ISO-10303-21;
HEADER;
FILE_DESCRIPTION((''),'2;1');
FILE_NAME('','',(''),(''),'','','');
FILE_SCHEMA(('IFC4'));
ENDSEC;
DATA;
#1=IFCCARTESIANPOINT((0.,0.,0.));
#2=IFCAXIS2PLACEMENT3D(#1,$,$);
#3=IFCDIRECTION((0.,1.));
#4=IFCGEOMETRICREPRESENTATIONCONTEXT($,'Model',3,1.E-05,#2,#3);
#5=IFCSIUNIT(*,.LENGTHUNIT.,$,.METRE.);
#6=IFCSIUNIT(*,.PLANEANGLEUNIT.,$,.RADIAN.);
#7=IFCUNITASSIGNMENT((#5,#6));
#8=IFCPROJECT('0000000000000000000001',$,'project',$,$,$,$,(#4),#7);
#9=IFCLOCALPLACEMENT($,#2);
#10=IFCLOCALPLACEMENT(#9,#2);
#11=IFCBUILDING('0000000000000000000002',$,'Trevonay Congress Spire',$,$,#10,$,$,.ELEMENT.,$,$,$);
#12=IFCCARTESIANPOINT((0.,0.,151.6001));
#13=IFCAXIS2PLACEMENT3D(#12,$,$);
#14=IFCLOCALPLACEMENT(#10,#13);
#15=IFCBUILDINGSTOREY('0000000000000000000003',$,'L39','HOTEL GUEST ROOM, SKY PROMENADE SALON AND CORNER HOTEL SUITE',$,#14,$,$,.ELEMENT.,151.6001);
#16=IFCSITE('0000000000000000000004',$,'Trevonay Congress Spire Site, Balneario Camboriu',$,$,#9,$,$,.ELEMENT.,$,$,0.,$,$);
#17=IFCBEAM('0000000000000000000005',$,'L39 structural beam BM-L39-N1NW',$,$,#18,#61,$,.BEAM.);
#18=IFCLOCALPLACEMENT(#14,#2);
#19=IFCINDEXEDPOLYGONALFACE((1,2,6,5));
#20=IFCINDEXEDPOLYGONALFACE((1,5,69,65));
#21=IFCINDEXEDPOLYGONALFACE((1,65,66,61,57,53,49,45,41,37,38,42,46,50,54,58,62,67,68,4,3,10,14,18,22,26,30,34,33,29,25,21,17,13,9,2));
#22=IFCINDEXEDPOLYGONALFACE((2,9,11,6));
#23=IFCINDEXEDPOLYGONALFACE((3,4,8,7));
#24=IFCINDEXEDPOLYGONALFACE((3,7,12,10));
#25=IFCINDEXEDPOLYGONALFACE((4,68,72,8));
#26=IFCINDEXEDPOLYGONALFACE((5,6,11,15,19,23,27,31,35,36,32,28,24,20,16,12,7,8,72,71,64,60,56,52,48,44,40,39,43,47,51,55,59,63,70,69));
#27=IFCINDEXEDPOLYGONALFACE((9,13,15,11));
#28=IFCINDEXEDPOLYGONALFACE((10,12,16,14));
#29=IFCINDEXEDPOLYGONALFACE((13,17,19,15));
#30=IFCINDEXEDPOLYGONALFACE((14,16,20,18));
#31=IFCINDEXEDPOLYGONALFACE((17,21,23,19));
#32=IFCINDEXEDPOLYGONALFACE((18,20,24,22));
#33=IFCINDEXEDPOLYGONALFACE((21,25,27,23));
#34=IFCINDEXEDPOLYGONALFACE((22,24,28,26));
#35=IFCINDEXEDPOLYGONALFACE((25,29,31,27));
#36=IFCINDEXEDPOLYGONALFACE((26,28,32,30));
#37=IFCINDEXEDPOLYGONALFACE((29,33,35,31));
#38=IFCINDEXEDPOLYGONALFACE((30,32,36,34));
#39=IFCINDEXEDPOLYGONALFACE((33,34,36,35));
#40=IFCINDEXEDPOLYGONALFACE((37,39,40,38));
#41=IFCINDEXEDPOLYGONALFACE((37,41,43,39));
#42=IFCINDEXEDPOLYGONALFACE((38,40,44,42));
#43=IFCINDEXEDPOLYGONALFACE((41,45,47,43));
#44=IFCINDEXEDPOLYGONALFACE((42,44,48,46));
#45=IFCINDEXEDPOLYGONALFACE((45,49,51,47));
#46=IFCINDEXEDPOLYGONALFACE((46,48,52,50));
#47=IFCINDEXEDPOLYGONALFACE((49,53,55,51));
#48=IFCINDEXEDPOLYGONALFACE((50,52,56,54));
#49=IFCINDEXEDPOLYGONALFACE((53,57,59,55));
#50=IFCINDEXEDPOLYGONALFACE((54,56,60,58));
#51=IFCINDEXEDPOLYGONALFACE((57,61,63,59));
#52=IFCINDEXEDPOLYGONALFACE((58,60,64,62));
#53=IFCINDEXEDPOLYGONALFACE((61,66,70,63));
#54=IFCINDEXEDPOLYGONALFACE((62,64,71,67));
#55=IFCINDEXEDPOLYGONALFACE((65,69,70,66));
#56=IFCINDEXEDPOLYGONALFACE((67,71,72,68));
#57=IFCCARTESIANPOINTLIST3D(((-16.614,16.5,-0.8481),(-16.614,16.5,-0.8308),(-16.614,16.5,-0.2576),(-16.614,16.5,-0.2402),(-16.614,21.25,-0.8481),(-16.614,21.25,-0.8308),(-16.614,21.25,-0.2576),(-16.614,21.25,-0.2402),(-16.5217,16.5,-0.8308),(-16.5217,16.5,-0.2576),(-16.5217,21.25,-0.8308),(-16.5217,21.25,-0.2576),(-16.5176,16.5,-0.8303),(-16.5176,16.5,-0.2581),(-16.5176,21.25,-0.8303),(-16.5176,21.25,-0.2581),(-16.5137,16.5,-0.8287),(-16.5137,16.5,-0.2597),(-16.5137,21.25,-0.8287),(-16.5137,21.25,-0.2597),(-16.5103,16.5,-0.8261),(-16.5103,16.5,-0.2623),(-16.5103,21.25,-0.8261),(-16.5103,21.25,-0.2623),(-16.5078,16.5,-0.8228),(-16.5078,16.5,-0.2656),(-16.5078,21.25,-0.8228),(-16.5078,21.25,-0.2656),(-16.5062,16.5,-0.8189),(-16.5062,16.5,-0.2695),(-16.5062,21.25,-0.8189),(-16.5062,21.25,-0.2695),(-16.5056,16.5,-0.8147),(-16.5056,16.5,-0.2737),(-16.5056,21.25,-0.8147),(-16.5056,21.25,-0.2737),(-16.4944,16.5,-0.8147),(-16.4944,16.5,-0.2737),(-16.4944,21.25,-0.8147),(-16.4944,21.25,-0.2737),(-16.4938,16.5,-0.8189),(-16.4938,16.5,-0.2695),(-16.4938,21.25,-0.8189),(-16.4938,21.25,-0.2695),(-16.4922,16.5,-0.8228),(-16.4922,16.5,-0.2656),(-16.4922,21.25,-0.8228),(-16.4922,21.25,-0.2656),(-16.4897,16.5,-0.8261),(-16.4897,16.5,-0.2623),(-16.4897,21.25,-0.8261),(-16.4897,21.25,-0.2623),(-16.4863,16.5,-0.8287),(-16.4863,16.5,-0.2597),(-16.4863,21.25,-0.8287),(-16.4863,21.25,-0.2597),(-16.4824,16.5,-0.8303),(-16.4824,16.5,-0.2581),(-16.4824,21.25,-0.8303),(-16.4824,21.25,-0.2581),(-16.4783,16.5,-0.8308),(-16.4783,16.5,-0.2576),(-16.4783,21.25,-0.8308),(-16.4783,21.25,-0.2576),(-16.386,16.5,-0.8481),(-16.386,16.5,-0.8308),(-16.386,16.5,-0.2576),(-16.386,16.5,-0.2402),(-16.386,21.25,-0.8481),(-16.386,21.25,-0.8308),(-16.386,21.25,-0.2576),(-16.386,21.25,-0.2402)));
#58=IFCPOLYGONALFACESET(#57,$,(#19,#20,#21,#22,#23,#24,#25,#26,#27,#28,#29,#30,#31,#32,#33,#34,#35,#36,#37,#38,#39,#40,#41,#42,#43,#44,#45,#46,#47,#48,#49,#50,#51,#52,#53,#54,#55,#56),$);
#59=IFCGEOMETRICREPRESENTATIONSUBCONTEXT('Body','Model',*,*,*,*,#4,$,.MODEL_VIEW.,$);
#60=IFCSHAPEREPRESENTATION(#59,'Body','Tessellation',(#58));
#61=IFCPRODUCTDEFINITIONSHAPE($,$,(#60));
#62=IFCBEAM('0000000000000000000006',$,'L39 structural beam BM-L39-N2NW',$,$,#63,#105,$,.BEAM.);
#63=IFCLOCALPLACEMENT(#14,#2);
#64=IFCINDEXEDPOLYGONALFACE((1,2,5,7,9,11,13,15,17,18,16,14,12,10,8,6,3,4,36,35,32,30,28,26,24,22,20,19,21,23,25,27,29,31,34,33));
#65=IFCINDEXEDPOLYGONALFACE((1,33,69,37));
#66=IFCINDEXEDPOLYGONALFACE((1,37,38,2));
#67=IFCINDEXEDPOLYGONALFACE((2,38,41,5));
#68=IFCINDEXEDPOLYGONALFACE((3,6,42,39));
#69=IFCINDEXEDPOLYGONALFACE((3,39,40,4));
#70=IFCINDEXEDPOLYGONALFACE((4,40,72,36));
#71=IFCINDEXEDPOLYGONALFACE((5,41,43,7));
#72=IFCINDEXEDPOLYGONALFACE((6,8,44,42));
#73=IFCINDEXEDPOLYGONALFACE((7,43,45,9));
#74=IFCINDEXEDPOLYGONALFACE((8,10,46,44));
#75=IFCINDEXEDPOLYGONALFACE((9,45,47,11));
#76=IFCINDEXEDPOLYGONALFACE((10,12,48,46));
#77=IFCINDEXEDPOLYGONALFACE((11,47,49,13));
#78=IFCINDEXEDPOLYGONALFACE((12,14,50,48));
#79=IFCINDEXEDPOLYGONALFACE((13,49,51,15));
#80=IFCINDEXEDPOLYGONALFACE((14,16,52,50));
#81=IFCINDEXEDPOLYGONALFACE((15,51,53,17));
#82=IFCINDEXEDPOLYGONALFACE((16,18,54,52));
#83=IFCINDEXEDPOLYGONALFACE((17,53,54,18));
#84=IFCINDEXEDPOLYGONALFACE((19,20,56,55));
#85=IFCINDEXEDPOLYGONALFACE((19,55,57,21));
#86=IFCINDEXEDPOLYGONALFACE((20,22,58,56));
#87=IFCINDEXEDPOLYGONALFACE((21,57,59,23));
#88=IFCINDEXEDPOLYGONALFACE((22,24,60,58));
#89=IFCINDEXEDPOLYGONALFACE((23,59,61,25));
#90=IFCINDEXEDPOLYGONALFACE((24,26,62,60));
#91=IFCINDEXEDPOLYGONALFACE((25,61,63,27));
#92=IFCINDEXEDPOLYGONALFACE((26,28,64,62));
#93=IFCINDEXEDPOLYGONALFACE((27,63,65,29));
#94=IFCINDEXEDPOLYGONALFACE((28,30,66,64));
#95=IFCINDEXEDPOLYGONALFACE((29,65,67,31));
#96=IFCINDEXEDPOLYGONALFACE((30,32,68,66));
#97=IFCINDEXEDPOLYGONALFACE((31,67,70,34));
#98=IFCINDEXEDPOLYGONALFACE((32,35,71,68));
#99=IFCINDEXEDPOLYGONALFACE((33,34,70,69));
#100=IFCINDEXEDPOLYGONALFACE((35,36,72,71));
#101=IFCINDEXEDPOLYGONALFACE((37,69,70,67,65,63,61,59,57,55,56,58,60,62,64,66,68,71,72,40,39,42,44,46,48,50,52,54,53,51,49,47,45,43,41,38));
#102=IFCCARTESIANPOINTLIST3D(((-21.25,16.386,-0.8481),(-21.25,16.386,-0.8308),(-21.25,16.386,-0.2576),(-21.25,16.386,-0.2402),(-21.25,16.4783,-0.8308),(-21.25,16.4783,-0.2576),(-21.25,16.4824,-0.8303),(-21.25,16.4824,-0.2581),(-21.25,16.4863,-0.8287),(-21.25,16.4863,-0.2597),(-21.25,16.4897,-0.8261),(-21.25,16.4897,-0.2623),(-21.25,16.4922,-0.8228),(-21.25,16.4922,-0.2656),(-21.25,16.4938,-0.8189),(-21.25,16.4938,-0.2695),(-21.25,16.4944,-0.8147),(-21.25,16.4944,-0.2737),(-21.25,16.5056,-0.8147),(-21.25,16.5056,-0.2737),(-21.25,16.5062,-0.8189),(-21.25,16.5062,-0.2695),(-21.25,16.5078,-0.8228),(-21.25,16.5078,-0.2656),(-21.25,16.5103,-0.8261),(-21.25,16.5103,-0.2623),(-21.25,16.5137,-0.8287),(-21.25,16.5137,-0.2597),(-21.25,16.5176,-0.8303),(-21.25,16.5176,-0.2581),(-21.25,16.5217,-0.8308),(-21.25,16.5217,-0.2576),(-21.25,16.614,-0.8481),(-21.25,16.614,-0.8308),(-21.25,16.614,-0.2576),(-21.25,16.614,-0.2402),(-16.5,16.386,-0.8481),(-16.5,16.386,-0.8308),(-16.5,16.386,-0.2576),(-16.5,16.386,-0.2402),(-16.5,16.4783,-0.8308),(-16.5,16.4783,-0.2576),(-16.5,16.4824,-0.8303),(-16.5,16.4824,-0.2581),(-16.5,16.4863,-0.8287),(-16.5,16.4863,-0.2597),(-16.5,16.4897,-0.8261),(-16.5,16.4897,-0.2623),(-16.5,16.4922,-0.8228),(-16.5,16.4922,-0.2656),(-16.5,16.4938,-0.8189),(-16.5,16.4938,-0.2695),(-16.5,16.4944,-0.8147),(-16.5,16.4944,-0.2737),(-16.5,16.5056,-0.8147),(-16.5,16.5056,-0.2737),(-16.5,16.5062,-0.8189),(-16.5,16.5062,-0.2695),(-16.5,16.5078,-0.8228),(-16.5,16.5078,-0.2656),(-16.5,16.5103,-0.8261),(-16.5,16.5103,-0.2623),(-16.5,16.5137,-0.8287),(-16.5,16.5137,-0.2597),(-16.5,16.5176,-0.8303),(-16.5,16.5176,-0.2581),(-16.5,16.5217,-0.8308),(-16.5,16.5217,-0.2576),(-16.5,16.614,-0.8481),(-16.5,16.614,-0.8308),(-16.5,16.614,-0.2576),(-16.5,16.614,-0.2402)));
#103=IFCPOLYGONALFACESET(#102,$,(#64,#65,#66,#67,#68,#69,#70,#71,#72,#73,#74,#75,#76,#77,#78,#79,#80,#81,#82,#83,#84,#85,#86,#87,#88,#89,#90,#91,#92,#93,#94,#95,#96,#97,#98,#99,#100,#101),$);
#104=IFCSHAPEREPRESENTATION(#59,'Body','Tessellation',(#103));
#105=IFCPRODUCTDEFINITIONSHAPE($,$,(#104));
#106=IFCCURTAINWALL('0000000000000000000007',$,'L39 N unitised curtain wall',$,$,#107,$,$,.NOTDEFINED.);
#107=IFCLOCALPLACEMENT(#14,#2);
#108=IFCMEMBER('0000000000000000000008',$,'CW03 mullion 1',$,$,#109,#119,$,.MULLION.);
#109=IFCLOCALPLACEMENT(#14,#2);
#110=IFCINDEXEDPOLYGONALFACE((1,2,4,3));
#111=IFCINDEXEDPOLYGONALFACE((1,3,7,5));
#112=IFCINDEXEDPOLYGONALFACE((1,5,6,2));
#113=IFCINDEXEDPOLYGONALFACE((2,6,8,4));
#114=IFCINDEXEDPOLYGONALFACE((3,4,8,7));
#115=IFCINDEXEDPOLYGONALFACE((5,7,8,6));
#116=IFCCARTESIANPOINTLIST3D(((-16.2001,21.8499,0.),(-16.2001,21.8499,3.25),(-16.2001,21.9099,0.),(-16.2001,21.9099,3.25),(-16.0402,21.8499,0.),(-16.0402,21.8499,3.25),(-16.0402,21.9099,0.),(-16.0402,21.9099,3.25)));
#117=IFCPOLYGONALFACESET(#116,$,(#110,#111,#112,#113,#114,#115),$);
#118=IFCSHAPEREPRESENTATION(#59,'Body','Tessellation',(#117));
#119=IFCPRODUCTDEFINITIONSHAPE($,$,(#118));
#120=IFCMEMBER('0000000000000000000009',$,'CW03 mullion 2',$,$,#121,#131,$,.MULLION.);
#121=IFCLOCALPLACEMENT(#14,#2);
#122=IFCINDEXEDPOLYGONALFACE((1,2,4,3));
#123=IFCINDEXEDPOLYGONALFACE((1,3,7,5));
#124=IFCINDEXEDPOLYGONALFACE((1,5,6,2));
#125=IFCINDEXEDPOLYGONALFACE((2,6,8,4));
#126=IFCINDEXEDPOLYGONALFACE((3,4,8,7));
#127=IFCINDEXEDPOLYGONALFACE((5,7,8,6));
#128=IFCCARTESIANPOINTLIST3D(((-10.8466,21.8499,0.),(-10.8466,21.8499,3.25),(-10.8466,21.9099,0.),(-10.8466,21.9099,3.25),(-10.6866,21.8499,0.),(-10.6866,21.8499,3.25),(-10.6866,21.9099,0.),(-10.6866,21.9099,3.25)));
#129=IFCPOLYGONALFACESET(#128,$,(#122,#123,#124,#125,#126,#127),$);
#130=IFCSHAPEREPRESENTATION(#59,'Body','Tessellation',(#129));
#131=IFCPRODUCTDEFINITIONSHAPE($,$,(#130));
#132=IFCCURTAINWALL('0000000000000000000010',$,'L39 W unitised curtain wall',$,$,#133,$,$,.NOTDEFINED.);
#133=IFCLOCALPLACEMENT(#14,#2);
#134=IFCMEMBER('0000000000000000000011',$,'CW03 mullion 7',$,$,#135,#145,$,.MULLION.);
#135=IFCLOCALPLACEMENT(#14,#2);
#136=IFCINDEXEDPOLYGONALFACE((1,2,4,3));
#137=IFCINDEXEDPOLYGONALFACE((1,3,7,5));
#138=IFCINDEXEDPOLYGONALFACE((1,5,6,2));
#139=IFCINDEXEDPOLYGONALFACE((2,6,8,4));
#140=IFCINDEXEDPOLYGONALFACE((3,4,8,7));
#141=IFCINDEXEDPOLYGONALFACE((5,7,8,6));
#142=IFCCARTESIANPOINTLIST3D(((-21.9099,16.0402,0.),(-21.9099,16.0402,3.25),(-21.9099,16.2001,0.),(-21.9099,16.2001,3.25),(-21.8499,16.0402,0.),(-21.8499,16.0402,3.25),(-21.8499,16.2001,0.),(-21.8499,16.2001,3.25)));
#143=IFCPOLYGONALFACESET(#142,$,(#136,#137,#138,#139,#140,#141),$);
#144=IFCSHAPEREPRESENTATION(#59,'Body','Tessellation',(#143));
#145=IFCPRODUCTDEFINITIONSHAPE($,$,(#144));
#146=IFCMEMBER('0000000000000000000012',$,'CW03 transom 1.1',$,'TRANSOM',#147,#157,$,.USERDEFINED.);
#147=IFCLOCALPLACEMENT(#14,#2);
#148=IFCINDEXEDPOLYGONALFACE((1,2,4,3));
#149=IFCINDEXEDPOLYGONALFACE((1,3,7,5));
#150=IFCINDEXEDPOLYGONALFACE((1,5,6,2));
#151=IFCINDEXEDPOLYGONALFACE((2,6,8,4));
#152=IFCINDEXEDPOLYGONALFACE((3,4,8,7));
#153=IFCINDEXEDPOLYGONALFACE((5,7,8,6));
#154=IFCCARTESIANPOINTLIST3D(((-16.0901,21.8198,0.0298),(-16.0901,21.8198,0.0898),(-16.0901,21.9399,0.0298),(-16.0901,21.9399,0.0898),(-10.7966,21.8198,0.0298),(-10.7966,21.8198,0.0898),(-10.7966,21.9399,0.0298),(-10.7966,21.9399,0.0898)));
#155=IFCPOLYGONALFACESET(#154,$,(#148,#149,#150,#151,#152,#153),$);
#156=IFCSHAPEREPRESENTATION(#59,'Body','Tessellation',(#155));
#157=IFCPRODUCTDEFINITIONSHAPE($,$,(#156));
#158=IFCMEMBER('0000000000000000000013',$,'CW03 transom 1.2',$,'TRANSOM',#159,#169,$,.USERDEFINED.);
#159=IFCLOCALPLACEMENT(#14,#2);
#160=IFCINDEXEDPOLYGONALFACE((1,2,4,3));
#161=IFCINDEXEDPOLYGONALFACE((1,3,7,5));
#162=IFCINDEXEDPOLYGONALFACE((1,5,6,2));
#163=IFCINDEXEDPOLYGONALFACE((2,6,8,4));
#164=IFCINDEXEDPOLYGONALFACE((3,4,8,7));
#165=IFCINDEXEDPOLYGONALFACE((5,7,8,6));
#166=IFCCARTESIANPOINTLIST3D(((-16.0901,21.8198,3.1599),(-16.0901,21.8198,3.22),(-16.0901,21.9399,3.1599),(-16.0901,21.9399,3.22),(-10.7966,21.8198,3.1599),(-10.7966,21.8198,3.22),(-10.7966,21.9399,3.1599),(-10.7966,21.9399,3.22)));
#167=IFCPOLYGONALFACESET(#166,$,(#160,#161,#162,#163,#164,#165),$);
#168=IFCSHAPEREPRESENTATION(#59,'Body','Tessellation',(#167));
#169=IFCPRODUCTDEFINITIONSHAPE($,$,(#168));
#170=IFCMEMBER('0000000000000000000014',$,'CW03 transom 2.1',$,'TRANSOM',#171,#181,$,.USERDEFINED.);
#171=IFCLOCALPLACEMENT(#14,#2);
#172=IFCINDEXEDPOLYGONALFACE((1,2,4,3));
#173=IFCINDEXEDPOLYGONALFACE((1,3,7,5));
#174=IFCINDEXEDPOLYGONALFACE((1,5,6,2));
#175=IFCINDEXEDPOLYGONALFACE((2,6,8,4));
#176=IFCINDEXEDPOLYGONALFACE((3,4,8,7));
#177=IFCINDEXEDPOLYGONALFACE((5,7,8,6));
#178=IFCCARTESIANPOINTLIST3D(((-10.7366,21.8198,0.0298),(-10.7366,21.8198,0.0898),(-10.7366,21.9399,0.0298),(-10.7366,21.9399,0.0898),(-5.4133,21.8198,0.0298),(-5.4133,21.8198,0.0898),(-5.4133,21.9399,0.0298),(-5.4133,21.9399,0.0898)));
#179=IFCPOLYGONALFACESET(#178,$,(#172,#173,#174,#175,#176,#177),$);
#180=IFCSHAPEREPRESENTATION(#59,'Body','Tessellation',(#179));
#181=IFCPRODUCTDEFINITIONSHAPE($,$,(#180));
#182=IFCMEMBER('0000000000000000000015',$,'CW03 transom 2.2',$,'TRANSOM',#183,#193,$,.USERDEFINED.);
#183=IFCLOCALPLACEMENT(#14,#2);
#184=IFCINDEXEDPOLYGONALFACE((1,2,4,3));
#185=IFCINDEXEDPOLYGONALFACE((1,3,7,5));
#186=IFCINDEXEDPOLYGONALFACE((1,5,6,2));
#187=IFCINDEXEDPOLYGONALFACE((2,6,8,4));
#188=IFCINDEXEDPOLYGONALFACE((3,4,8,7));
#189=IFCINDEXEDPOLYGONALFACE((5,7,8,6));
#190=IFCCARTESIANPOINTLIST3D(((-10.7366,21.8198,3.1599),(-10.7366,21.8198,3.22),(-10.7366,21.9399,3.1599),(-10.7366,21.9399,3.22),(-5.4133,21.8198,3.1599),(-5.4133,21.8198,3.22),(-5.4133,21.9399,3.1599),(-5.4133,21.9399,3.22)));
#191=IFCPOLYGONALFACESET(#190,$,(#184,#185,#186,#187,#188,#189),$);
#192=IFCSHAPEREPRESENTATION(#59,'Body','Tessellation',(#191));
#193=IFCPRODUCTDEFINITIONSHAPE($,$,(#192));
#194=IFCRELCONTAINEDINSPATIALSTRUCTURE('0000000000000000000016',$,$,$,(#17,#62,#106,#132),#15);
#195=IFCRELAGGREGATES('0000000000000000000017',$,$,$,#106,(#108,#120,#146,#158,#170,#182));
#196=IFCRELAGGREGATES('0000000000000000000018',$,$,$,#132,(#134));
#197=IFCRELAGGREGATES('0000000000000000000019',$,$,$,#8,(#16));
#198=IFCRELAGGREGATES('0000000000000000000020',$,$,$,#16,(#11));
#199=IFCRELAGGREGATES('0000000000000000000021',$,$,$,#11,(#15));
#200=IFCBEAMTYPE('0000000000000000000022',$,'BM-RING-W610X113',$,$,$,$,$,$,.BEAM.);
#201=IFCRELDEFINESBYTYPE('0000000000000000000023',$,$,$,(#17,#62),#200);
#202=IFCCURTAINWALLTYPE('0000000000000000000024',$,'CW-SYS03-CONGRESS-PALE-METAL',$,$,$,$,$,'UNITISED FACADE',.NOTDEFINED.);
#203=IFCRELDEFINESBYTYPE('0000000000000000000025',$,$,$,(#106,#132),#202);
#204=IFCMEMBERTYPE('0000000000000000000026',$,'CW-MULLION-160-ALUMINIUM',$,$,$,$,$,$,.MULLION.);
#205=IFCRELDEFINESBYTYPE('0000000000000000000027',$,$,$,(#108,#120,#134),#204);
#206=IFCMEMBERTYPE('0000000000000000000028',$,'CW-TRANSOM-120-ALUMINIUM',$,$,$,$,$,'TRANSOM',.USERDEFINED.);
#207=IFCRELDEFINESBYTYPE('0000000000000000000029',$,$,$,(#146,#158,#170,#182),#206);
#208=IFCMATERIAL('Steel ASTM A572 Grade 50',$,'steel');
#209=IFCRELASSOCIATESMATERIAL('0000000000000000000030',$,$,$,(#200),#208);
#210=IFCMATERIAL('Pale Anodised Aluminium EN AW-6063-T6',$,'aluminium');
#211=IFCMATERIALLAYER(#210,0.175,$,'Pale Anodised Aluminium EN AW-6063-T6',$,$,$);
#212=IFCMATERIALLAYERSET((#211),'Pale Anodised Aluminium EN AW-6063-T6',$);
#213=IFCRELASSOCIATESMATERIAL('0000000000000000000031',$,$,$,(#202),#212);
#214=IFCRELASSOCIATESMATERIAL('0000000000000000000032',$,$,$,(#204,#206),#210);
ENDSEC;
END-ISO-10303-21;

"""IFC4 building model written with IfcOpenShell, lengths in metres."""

from ifc_helpers import new_model, si_unit, direction, frame, origin, origin_2d, place, context, subcontext, project, spatial, rectangle, i_section, extrude, material, layer, layer_set, material_profile, profile_set, type_object, element, aggregate, save


model = new_model("IFC4")

# Units and contexts
model_context = context("Model", 3, precision=1e-05, world=origin(), true_north=direction((0.0, 1.0)))
body_context = subcontext(model_context, "Body", "Model", "MODEL_VIEW")
ifc_project = project(units=[si_unit("LENGTHUNIT", "METRE"), si_unit("PLANEANGLEUNIT", "RADIAN")], contexts=[model_context])

# Site, building, storey
site_placement = place(None, origin())
site = spatial("IfcSite", under=ifc_project, at=site_placement, Name="Trevonay Congress Spire Site, Balneario Camboriu", CompositionType="ELEMENT", RefElevation=0.0)
building_placement = place(site_placement, origin())
building = spatial("IfcBuilding", under=site, at=building_placement, Name="Trevonay Congress Spire", CompositionType="ELEMENT")
storey_placement = place(building_placement, frame((0.0, 0.0, 151.6001)))
storey = spatial("IfcBuildingStorey", under=building, at=storey_placement, Name="L39", Description="HOTEL GUEST ROOM, SKY PROMENADE SALON AND CORNER HOTEL SUITE", CompositionType="ELEMENT", Elevation=151.6001)

# Shared definitions
ifc_material_1 = material(Name="Steel ASTM A572 Grade 50", Category="steel")

# Beams
ifc_material_profile_1 = material_profile(ifc_material_1, i_section(OverallWidth=0.228, OverallDepth=0.6079, WebThickness=0.0112, FlangeThickness=0.0173, FilletRadius=0.0161, at=origin_2d()), Name="W610x113")
ifc_profile_set_1 = profile_set([ifc_material_profile_1], Name="Steel ASTM A572 Grade 50")
beam_type_1 = type_object("IfcBeamType", Name="BM-RING-W610X113", PredefinedType="BEAM", material=ifc_profile_set_1)
for number, where, z_axis, x_axis, name in (
    (1, (-16.5, 21.25, -0.5442), (0.0, -1.0, 0.0), (1.0, 0.0, 0.0), "L39 structural beam BM-L39-N1NW"),
    (2, (-21.25, 16.5, -0.5442), (1.0, 0.0, 0.0), (0.0, 1.0, 0.0), "L39 structural beam BM-L39-N2NW"),
):
    element("IfcBeam", number, at=place(storey_placement, frame(where, z_axis=z_axis, x_axis=x_axis)), inside=storey, type_object=beam_type_1, Name=name, PredefinedType="BEAM", context=body_context, shape_type="SweptSolid", body=[
        extrude(i_section(OverallWidth=0.228, OverallDepth=0.6079, WebThickness=0.0112, FlangeThickness=0.0173, FilletRadius=0.0161, at=origin_2d()), origin(), (0.0, 0.0, 1.0), 4.75),
    ])

# Curtain wall, members
ifc_material_2 = material(Name="Pale Anodised Aluminium EN AW-6063-T6", Category="aluminium")
ifc_layer_1 = layer(ifc_material_2, 0.175, Name="Pale Anodised Aluminium EN AW-6063-T6")
ifc_layer_set_1 = layer_set([ifc_layer_1], Name="Pale Anodised Aluminium EN AW-6063-T6")
curtain_wall_type = type_object("IfcCurtainWallType", Name="CW-SYS03-CONGRESS-PALE-METAL", ElementType="UNITISED FACADE", PredefinedType="NOTDEFINED", material=ifc_layer_set_1)
curtain_wall_1_placement = place(storey_placement, origin())
curtain_wall_1 = element("IfcCurtainWall", 3, at=curtain_wall_1_placement, inside=storey, type_object=curtain_wall_type, Name="L39 N unitised curtain wall", PredefinedType="NOTDEFINED")
ifc_material_profile_2 = material_profile(ifc_material_2, rectangle(XDim=0.0601, YDim=0.1599, at=origin_2d()), Name="CW-MULLION-160-ALUMINIUM")
ifc_profile_set_2 = profile_set([ifc_material_profile_2], Name="Pale Anodised Aluminium EN AW-6063-T6")
member_type_1 = type_object("IfcMemberType", Name="CW-MULLION-160-ALUMINIUM", PredefinedType="MULLION", material=ifc_profile_set_2)
member_1_placement = place(storey_placement, frame((-16.1201, 21.8799, 0.0), z_axis=(0.0, 0.0, 1.0), x_axis=(0.0, 1.0, 0.0)))
member_1 = element("IfcMember", 4, at=member_1_placement, type_object=member_type_1, Name="CW03 mullion 1", PredefinedType="MULLION", context=body_context, shape_type="SweptSolid", body=[
    extrude(rectangle(XDim=0.0601, YDim=0.1599, at=origin_2d()), origin(), (0.0, 0.0, 1.0), 3.25),
])
member_2_placement = place(storey_placement, frame((-10.7666, 21.8799, 0.0), z_axis=(0.0, 0.0, 1.0), x_axis=(0.0, 1.0, 0.0)))
member_2 = element("IfcMember", 5, at=member_2_placement, type_object=member_type_1, Name="CW03 mullion 2", PredefinedType="MULLION", context=body_context, shape_type="SweptSolid", body=[
    extrude(rectangle(XDim=0.0601, YDim=0.1599, at=origin_2d()), origin(), (0.0, 0.0, 1.0), 3.25),
])

# Curtain wall, member
curtain_wall_2_placement = place(storey_placement, origin())
curtain_wall_2 = element("IfcCurtainWall", 6, at=curtain_wall_2_placement, inside=storey, type_object=curtain_wall_type, Name="L39 W unitised curtain wall", PredefinedType="NOTDEFINED")
member_3_placement = place(storey_placement, frame((-21.8799, 16.1201, 0.0), z_axis=(0.0, 0.0, 1.0), x_axis=(-1.0, 0.0, 0.0)))
member_3 = element("IfcMember", 7, at=member_3_placement, type_object=member_type_1, Name="CW03 mullion 7", PredefinedType="MULLION", context=body_context, shape_type="SweptSolid", body=[
    extrude(rectangle(XDim=0.0601, YDim=0.1599, at=origin_2d()), origin(), (0.0, 0.0, 1.0), 3.25),
])

# Members
ifc_material_profile_3 = material_profile(ifc_material_2, rectangle(XDim=0.1201, YDim=0.0601, at=origin_2d()), Name="CW-TRANSOM-120-ALUMINIUM")
ifc_profile_set_3 = profile_set([ifc_material_profile_3], Name="Pale Anodised Aluminium EN AW-6063-T6")
member_type_2 = type_object("IfcMemberType", Name="CW-TRANSOM-120-ALUMINIUM", ElementType="TRANSOM", PredefinedType="USERDEFINED", material=ifc_profile_set_3)
member_4_placement = place(storey_placement, frame((-16.0901, 21.8799, 0.0598), z_axis=(1.0, 0.0, 0.0), x_axis=(0.0, 1.0, 0.0)))
member_4 = element("IfcMember", 8, at=member_4_placement, type_object=member_type_2, Name="CW03 transom 1.1", ObjectType="TRANSOM", PredefinedType="USERDEFINED", context=body_context, shape_type="SweptSolid", body=[
    extrude(rectangle(XDim=0.1201, YDim=0.0601, at=origin_2d()), origin(), (0.0, 0.0, 1.0), 5.2935),
])
member_5_placement = place(storey_placement, frame((-16.0901, 21.8799, 3.1899), z_axis=(1.0, 0.0, 0.0), x_axis=(0.0, 1.0, 0.0)))
member_5 = element("IfcMember", 9, at=member_5_placement, type_object=member_type_2, Name="CW03 transom 1.2", ObjectType="TRANSOM", PredefinedType="USERDEFINED", context=body_context, shape_type="SweptSolid", body=[
    extrude(rectangle(XDim=0.1201, YDim=0.0601, at=origin_2d()), origin(), (0.0, 0.0, 1.0), 5.2935),
])
member_6_placement = place(storey_placement, frame((-10.7366, 21.8799, 0.0598), z_axis=(1.0, 0.0, 0.0), x_axis=(0.0, 1.0, 0.0)))
member_6 = element("IfcMember", 10, at=member_6_placement, type_object=member_type_2, Name="CW03 transom 2.1", ObjectType="TRANSOM", PredefinedType="USERDEFINED", context=body_context, shape_type="SweptSolid", body=[
    extrude(rectangle(XDim=0.1201, YDim=0.0601, at=origin_2d()), origin(), (0.0, 0.0, 1.0), 5.3232),
])
member_7_placement = place(storey_placement, frame((-10.7366, 21.8799, 3.1899), z_axis=(1.0, 0.0, 0.0), x_axis=(0.0, 1.0, 0.0)))
member_7 = element("IfcMember", 11, at=member_7_placement, type_object=member_type_2, Name="CW03 transom 2.2", ObjectType="TRANSOM", PredefinedType="USERDEFINED", context=body_context, shape_type="SweptSolid", body=[
    extrude(rectangle(XDim=0.1201, YDim=0.0601, at=origin_2d()), origin(), (0.0, 0.0, 1.0), 5.3232),
])

aggregate(curtain_wall_1, [member_1, member_2, member_4, member_5, member_6, member_7])
aggregate(curtain_wall_2, [member_3])

save(model, "model.ifc")
